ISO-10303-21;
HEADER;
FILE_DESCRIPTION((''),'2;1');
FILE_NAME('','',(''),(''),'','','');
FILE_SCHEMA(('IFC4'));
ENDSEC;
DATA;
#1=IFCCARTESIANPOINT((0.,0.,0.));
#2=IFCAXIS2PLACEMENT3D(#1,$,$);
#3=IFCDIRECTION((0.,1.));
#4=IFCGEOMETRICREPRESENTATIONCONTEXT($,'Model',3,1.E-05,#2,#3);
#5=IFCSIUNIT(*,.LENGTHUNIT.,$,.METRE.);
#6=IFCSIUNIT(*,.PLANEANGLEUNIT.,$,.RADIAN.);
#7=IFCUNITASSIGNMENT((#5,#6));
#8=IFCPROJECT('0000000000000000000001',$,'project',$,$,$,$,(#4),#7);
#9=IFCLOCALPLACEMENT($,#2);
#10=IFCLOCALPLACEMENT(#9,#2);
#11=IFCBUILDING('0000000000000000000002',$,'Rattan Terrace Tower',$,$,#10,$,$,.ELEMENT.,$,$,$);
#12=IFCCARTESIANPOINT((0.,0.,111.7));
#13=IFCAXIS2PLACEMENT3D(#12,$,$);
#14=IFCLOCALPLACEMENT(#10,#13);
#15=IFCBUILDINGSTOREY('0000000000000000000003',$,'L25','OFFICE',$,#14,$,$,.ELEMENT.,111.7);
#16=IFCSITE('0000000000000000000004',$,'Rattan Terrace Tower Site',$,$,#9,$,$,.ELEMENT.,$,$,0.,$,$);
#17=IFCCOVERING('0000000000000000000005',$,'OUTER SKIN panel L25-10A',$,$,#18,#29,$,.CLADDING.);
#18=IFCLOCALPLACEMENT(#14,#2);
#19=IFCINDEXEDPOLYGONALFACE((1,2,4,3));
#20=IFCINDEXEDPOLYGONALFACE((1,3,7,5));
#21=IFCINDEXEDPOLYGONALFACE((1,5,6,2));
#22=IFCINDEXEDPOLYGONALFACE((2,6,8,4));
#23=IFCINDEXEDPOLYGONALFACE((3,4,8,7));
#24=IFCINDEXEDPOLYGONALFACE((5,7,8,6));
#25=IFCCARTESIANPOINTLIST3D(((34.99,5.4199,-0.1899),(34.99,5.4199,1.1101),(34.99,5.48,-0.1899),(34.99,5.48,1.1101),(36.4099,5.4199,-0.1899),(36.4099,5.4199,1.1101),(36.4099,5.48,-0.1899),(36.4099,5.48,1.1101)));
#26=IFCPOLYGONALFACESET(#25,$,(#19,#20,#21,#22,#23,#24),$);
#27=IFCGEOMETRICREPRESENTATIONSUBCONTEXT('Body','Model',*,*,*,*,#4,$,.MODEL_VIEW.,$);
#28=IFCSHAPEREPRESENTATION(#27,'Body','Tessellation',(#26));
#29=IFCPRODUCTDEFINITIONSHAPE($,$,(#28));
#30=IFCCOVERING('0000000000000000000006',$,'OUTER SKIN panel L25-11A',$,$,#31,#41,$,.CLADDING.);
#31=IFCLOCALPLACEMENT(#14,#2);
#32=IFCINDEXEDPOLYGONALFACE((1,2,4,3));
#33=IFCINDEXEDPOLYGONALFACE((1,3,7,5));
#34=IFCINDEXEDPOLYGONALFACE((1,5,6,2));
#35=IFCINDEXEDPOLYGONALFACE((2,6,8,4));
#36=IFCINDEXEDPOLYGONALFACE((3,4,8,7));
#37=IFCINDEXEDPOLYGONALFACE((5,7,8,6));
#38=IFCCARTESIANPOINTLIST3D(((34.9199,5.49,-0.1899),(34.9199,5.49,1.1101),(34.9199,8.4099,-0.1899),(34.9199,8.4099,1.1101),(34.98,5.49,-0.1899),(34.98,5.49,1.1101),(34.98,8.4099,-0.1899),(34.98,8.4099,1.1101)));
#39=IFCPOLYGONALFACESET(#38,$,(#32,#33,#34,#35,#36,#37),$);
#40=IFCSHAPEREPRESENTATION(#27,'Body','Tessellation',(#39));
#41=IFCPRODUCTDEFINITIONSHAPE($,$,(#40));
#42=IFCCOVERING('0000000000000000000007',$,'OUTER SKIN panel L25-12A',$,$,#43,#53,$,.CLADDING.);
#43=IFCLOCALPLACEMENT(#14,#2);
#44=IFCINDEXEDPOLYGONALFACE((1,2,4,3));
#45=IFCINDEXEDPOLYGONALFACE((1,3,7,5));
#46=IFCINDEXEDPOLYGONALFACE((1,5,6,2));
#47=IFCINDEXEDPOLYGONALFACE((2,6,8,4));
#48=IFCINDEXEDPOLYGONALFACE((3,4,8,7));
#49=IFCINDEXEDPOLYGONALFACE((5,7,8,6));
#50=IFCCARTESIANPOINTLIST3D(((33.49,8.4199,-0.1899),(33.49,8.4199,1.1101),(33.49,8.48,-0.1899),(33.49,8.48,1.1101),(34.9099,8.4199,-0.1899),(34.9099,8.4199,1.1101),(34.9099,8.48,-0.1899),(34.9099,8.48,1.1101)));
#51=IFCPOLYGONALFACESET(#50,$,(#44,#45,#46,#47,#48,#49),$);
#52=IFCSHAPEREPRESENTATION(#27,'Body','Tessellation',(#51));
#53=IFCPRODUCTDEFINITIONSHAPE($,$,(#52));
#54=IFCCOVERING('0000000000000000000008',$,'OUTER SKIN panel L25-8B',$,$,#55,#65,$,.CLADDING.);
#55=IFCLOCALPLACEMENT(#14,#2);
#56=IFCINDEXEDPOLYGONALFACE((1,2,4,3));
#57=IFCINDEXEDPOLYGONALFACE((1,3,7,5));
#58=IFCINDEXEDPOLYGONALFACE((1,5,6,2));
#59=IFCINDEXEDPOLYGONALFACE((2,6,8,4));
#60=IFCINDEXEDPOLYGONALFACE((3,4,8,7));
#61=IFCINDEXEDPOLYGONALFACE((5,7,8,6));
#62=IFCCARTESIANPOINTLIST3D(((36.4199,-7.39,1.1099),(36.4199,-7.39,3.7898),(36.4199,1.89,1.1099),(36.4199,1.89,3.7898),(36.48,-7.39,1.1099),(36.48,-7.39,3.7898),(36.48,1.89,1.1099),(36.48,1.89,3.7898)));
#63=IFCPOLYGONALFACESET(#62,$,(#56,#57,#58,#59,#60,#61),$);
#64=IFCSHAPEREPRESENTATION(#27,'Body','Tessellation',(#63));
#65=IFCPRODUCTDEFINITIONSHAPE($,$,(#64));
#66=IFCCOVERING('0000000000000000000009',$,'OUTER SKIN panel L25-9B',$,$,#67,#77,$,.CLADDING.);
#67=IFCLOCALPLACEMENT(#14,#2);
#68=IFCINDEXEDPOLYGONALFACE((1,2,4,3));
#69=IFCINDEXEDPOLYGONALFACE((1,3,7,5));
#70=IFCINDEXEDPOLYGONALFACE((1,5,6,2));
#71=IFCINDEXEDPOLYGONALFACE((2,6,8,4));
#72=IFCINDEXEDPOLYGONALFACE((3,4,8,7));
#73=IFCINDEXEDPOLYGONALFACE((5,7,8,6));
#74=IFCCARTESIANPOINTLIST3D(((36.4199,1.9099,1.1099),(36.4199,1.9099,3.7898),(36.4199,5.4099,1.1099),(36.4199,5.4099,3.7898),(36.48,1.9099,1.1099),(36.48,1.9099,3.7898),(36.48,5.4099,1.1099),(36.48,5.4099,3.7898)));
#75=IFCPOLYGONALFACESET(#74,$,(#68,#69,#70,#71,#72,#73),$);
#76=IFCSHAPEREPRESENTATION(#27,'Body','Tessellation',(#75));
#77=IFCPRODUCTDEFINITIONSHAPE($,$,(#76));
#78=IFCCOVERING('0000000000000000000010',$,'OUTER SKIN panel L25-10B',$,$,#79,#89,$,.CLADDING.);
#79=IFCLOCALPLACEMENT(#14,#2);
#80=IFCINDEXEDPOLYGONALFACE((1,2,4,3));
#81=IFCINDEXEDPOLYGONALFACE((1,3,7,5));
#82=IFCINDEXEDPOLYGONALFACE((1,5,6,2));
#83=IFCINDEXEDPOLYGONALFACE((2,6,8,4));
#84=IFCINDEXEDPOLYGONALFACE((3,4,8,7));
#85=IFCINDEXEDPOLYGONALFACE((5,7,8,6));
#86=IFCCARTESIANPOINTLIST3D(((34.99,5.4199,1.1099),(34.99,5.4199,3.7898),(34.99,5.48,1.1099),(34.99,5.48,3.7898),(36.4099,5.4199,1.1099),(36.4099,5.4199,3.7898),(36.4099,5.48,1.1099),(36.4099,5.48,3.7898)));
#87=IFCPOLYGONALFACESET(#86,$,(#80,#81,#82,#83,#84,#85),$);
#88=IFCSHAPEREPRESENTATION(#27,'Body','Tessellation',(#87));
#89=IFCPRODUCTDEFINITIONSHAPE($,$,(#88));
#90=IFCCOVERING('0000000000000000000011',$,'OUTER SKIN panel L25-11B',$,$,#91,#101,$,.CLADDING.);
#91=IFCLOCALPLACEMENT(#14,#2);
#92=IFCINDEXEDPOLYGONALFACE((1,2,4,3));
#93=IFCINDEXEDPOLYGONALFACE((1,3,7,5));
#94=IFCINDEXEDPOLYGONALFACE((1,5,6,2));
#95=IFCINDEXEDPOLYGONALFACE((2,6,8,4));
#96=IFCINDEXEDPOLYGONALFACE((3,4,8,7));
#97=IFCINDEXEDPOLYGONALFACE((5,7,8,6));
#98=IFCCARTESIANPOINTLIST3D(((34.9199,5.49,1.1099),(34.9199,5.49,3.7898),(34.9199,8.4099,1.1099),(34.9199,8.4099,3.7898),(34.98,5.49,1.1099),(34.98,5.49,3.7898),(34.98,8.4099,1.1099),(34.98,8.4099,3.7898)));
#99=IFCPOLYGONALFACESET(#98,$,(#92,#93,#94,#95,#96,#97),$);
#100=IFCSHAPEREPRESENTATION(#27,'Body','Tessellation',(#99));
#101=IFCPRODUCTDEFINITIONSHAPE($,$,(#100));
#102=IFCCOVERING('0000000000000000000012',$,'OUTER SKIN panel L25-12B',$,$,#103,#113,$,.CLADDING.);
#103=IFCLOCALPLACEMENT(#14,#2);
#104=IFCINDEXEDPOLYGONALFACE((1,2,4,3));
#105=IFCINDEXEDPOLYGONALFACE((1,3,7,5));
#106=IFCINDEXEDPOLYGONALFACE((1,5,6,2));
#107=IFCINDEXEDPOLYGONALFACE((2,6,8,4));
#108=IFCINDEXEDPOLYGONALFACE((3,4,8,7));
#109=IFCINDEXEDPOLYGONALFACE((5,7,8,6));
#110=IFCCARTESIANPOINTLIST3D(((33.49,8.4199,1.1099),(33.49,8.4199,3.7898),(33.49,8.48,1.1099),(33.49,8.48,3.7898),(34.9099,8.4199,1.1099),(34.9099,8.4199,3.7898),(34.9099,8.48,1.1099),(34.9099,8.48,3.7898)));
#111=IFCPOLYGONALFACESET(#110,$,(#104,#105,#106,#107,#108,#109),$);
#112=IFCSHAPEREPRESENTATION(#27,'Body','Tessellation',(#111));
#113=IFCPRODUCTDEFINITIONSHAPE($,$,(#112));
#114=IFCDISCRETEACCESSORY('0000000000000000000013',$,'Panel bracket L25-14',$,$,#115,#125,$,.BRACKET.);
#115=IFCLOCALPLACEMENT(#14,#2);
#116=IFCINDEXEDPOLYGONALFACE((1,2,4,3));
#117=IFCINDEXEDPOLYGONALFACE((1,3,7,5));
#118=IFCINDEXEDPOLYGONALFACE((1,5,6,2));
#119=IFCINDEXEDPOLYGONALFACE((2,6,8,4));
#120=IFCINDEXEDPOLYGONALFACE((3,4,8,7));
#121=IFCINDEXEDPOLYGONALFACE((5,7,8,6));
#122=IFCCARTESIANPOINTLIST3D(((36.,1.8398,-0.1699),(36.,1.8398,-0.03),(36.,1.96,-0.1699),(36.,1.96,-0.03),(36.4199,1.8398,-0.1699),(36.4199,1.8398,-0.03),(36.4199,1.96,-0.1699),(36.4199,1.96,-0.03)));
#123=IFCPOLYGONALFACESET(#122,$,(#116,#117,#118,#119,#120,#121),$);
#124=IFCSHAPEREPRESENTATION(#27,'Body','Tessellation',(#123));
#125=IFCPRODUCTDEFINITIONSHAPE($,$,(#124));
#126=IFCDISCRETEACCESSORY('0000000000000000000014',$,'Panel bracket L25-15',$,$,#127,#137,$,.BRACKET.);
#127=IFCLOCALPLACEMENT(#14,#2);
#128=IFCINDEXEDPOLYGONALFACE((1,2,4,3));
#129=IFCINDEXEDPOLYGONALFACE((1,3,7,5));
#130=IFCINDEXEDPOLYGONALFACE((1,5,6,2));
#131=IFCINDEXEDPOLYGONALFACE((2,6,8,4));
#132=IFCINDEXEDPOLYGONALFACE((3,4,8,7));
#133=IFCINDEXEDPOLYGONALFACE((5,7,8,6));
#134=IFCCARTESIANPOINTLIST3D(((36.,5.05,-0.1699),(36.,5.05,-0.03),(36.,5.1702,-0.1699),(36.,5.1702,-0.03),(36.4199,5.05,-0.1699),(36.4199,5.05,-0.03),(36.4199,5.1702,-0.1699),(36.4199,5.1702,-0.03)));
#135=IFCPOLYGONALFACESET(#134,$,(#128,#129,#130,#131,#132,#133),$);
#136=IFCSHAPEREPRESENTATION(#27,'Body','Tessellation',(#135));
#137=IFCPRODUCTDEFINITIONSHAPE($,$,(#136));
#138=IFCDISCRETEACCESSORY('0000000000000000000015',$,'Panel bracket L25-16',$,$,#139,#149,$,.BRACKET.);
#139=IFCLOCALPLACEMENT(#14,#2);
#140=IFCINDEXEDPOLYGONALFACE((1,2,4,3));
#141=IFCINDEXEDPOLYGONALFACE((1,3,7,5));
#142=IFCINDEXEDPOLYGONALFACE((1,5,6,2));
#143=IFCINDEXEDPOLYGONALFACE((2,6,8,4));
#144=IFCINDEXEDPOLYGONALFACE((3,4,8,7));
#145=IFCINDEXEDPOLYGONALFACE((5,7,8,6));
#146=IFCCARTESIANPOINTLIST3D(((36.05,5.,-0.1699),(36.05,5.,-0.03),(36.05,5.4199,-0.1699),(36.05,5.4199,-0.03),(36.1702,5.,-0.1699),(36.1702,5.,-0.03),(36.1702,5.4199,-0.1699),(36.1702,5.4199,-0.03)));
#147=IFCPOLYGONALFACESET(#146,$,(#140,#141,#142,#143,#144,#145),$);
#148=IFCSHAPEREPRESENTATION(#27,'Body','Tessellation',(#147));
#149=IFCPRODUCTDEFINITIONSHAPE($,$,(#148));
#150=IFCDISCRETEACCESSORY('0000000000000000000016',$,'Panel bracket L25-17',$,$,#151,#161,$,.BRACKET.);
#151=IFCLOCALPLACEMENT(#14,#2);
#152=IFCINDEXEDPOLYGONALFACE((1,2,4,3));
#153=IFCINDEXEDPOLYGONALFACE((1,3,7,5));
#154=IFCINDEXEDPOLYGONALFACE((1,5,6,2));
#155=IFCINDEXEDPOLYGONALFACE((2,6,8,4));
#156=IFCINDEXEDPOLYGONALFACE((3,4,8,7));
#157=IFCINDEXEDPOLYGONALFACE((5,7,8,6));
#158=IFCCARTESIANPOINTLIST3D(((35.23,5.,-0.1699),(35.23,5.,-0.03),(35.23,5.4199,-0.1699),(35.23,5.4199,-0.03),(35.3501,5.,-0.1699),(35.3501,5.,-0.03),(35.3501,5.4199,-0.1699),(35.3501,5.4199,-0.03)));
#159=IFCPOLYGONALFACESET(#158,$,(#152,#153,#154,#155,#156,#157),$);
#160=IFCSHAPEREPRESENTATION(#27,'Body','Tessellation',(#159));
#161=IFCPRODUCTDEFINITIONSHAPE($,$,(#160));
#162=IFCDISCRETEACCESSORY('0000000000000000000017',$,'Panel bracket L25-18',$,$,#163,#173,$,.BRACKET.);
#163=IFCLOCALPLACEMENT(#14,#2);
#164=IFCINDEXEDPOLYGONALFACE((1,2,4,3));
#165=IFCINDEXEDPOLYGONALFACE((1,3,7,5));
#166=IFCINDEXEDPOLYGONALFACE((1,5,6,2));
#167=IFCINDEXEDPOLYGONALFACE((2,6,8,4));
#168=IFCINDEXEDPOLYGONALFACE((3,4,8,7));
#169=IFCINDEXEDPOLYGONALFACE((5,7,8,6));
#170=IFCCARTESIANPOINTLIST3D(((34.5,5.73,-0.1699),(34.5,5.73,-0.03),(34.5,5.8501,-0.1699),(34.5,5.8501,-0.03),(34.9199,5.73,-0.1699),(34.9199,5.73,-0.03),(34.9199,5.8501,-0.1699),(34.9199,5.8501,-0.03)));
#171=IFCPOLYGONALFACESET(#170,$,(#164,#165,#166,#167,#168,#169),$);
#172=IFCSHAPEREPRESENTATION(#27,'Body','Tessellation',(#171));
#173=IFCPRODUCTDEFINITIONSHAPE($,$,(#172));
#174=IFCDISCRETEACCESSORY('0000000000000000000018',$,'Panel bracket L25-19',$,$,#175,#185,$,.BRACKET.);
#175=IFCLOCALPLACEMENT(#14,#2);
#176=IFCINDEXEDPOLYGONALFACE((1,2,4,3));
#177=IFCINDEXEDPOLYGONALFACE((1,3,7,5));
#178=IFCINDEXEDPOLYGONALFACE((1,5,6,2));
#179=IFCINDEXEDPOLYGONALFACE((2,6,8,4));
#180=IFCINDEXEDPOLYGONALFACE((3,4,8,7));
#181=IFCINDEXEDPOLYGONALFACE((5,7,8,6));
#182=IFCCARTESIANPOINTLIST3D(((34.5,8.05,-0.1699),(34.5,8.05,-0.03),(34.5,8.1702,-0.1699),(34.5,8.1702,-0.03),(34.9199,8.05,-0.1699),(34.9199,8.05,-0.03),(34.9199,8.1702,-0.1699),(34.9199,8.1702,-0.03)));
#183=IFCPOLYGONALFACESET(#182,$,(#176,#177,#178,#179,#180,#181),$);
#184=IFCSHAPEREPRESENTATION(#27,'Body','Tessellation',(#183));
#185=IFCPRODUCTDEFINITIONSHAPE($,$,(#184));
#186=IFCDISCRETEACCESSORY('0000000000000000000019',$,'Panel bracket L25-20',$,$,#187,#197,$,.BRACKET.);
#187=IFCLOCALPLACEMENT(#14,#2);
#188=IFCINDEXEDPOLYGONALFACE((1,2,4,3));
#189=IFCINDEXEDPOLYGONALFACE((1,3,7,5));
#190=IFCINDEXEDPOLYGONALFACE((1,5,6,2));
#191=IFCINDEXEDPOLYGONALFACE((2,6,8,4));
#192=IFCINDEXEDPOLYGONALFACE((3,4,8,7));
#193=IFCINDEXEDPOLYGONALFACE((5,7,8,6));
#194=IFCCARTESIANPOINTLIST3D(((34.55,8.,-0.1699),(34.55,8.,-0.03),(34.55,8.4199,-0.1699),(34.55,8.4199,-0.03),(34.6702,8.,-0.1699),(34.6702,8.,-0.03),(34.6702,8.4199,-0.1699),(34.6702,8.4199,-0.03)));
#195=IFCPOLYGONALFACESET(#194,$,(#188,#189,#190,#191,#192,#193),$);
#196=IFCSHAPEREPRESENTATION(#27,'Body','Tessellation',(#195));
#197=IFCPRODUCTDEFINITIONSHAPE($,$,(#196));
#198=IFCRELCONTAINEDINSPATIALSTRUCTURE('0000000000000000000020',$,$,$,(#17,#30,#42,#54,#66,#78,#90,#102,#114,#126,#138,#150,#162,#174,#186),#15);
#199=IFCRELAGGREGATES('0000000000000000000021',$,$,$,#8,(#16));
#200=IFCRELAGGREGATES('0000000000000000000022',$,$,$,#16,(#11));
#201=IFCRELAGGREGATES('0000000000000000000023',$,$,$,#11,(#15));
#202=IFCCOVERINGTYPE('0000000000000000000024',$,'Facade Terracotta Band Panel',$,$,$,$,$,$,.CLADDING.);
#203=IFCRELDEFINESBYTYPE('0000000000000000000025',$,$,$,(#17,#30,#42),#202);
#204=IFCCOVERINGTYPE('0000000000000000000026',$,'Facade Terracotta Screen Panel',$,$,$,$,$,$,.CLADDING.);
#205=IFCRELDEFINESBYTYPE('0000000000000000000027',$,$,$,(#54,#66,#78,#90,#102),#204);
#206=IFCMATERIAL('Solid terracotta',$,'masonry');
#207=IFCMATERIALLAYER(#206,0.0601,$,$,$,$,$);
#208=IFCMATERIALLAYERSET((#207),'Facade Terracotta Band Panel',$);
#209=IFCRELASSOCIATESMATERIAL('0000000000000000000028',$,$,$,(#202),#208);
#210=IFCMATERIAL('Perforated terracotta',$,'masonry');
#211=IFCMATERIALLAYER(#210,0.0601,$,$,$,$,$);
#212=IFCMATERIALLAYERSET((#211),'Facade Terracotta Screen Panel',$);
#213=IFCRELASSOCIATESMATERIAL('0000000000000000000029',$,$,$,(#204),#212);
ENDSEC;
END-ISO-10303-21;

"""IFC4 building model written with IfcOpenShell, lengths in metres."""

from ifc_helpers import new_model, si_unit, direction, frame, origin, origin_2d, place, context, subcontext, project, spatial, rectangle, extrude, material, layer, layer_set, type_object, element, save


model = new_model("IFC4")

# Units and contexts
model_context = context("Model", 3, precision=1e-05, world=origin(), true_north=direction((0.0, 1.0)))
body_context = subcontext(model_context, "Body", "Model", "MODEL_VIEW")
ifc_project = project(units=[si_unit("LENGTHUNIT", "METRE"), si_unit("PLANEANGLEUNIT", "RADIAN")], contexts=[model_context])

# Site, building, storey
site_placement = place(None, origin())
site = spatial("IfcSite", under=ifc_project, at=site_placement, Name="Rattan Terrace Tower Site", CompositionType="ELEMENT", RefElevation=0.0)
building_placement = place(site_placement, origin())
building = spatial("IfcBuilding", under=site, at=building_placement, Name="Rattan Terrace Tower", CompositionType="ELEMENT")
storey_placement = place(building_placement, frame((0.0, 0.0, 111.7)))
storey = spatial("IfcBuildingStorey", under=building, at=storey_placement, Name="L25", Description="OFFICE", CompositionType="ELEMENT", Elevation=111.7)

# Coverings
ifc_material_1 = material(Name="Solid terracotta", Category="masonry")
ifc_layer_1 = layer(ifc_material_1, 0.0601)
ifc_layer_set_1 = layer_set([ifc_layer_1], Name="Facade Terracotta Band Panel")
covering_type_1 = type_object("IfcCoveringType", Name="Facade Terracotta Band Panel", PredefinedType="CLADDING", material=ifc_layer_set_1)
covering_1_placement = place(storey_placement, frame((35.7, 5.45, -0.1899), z_axis=(0.0, 0.0, 1.0), x_axis=(-1.0, 0.0, 0.0)))
element("IfcCovering", 1, at=covering_1_placement, inside=storey, type_object=covering_type_1, Name="OUTER SKIN panel L25-10A", PredefinedType="CLADDING", context=body_context, shape_type="SweptSolid", body=[
    extrude(rectangle(XDim=1.4199, YDim=0.0601, at=origin_2d()), origin(), (0.0, 0.0, 1.0), 1.3),
])
covering_2_placement = place(storey_placement, frame((34.95, 6.95, -0.1899), z_axis=(0.0, 0.0, 1.0), x_axis=(0.0, 1.0, 0.0)))
element("IfcCovering", 2, at=covering_2_placement, inside=storey, type_object=covering_type_1, Name="OUTER SKIN panel L25-11A", PredefinedType="CLADDING", context=body_context, shape_type="SweptSolid", body=[
    extrude(rectangle(XDim=2.9199, YDim=0.0601, at=origin_2d()), origin(), (0.0, 0.0, 1.0), 1.3),
])
covering_3_placement = place(storey_placement, frame((34.2, 8.45, -0.1899), z_axis=(0.0, 0.0, 1.0), x_axis=(-1.0, 0.0, 0.0)))
element("IfcCovering", 3, at=covering_3_placement, inside=storey, type_object=covering_type_1, Name="OUTER SKIN panel L25-12A", PredefinedType="CLADDING", context=body_context, shape_type="SweptSolid", body=[
    extrude(rectangle(XDim=1.4199, YDim=0.0601, at=origin_2d()), origin(), (0.0, 0.0, 1.0), 1.3),
])
ifc_material_2 = material(Name="Perforated terracotta", Category="masonry")
ifc_layer_2 = layer(ifc_material_2, 0.0601)
ifc_layer_set_2 = layer_set([ifc_layer_2], Name="Facade Terracotta Screen Panel")
covering_type_2 = type_object("IfcCoveringType", Name="Facade Terracotta Screen Panel", PredefinedType="CLADDING", material=ifc_layer_set_2)
covering_4_placement = place(storey_placement, frame((36.45, -2.75, 1.1099), z_axis=(0.0, 0.0, 1.0), x_axis=(0.0, 1.0, 0.0)))
element("IfcCovering", 4, at=covering_4_placement, inside=storey, type_object=covering_type_2, Name="OUTER SKIN panel L25-8B", PredefinedType="CLADDING", context=body_context, shape_type="SweptSolid", body=[
    extrude(rectangle(XDim=9.28, YDim=0.0601, at=origin_2d()), origin(), (0.0, 0.0, 1.0), 2.6799),
])
covering_5_placement = place(storey_placement, frame((36.45, 3.6599, 1.1099), z_axis=(0.0, 0.0, 1.0), x_axis=(0.0, 1.0, 0.0)))
element("IfcCovering", 5, at=covering_5_placement, inside=storey, type_object=covering_type_2, Name="OUTER SKIN panel L25-9B", PredefinedType="CLADDING", context=body_context, shape_type="SweptSolid", body=[
    extrude(rectangle(XDim=3.5, YDim=0.0601, at=origin_2d()), origin(), (0.0, 0.0, 1.0), 2.6799),
])
covering_6_placement = place(storey_placement, frame((35.7, 5.45, 1.1099), z_axis=(0.0, 0.0, 1.0), x_axis=(-1.0, 0.0, 0.0)))
element("IfcCovering", 6, at=covering_6_placement, inside=storey, type_object=covering_type_2, Name="OUTER SKIN panel L25-10B", PredefinedType="CLADDING", context=body_context, shape_type="SweptSolid", body=[
    extrude(rectangle(XDim=1.4199, YDim=0.0601, at=origin_2d()), origin(), (0.0, 0.0, 1.0), 2.6799),
])
covering_7_placement = place(storey_placement, frame((34.95, 6.95, 1.1099), z_axis=(0.0, 0.0, 1.0), x_axis=(0.0, 1.0, 0.0)))
element("IfcCovering", 7, at=covering_7_placement, inside=storey, type_object=covering_type_2, Name="OUTER SKIN panel L25-11B", PredefinedType="CLADDING", context=body_context, shape_type="SweptSolid", body=[
    extrude(rectangle(XDim=2.9199, YDim=0.0601, at=origin_2d()), origin(), (0.0, 0.0, 1.0), 2.6799),
])
covering_8_placement = place(storey_placement, frame((34.2, 8.45, 1.1099), z_axis=(0.0, 0.0, 1.0), x_axis=(-1.0, 0.0, 0.0)))
element("IfcCovering", 8, at=covering_8_placement, inside=storey, type_object=covering_type_2, Name="OUTER SKIN panel L25-12B", PredefinedType="CLADDING", context=body_context, shape_type="SweptSolid", body=[
    extrude(rectangle(XDim=1.4199, YDim=0.0601, at=origin_2d()), origin(), (0.0, 0.0, 1.0), 2.6799),
])

# Discrete accessories
for number, where, z_axis, x_axis, name in (
    (9, (36.21, 1.8999, -0.1699), (0.0, 0.0, 1.0), (0.0, 1.0, 0.0), "Panel bracket L25-14"),
    (10, (36.21, 5.1101, -0.1699), (0.0, 0.0, 1.0), (0.0, 1.0, 0.0), "Panel bracket L25-15"),
    (11, (36.1101, 5.21, -0.1699), (0.0, 0.0, 1.0), (-1.0, 0.0, 0.0), "Panel bracket L25-16"),
    (12, (35.29, 5.21, -0.1699), (0.0, 0.0, 1.0), (-1.0, 0.0, 0.0), "Panel bracket L25-17"),
    (13, (34.71, 5.79, -0.1699), (0.0, 0.0, 1.0), (0.0, 1.0, 0.0), "Panel bracket L25-18"),
    (14, (34.71, 8.1101, -0.1699), (0.0, 0.0, 1.0), (0.0, 1.0, 0.0), "Panel bracket L25-19"),
    (15, (34.6101, 8.21, -0.1699), (0.0, 0.0, 1.0), (-1.0, 0.0, 0.0), "Panel bracket L25-20"),
):
    element("IfcDiscreteAccessory", number, at=place(storey_placement, frame(where, z_axis=z_axis, x_axis=x_axis)), inside=storey, Name=name, PredefinedType="BRACKET", context=body_context, shape_type="SweptSolid", body=[
        extrude(rectangle(XDim=0.1201, YDim=0.4199, at=origin_2d()), origin(), (0.0, 0.0, 1.0), 0.1399),
    ])

save(model, "model.ifc")
